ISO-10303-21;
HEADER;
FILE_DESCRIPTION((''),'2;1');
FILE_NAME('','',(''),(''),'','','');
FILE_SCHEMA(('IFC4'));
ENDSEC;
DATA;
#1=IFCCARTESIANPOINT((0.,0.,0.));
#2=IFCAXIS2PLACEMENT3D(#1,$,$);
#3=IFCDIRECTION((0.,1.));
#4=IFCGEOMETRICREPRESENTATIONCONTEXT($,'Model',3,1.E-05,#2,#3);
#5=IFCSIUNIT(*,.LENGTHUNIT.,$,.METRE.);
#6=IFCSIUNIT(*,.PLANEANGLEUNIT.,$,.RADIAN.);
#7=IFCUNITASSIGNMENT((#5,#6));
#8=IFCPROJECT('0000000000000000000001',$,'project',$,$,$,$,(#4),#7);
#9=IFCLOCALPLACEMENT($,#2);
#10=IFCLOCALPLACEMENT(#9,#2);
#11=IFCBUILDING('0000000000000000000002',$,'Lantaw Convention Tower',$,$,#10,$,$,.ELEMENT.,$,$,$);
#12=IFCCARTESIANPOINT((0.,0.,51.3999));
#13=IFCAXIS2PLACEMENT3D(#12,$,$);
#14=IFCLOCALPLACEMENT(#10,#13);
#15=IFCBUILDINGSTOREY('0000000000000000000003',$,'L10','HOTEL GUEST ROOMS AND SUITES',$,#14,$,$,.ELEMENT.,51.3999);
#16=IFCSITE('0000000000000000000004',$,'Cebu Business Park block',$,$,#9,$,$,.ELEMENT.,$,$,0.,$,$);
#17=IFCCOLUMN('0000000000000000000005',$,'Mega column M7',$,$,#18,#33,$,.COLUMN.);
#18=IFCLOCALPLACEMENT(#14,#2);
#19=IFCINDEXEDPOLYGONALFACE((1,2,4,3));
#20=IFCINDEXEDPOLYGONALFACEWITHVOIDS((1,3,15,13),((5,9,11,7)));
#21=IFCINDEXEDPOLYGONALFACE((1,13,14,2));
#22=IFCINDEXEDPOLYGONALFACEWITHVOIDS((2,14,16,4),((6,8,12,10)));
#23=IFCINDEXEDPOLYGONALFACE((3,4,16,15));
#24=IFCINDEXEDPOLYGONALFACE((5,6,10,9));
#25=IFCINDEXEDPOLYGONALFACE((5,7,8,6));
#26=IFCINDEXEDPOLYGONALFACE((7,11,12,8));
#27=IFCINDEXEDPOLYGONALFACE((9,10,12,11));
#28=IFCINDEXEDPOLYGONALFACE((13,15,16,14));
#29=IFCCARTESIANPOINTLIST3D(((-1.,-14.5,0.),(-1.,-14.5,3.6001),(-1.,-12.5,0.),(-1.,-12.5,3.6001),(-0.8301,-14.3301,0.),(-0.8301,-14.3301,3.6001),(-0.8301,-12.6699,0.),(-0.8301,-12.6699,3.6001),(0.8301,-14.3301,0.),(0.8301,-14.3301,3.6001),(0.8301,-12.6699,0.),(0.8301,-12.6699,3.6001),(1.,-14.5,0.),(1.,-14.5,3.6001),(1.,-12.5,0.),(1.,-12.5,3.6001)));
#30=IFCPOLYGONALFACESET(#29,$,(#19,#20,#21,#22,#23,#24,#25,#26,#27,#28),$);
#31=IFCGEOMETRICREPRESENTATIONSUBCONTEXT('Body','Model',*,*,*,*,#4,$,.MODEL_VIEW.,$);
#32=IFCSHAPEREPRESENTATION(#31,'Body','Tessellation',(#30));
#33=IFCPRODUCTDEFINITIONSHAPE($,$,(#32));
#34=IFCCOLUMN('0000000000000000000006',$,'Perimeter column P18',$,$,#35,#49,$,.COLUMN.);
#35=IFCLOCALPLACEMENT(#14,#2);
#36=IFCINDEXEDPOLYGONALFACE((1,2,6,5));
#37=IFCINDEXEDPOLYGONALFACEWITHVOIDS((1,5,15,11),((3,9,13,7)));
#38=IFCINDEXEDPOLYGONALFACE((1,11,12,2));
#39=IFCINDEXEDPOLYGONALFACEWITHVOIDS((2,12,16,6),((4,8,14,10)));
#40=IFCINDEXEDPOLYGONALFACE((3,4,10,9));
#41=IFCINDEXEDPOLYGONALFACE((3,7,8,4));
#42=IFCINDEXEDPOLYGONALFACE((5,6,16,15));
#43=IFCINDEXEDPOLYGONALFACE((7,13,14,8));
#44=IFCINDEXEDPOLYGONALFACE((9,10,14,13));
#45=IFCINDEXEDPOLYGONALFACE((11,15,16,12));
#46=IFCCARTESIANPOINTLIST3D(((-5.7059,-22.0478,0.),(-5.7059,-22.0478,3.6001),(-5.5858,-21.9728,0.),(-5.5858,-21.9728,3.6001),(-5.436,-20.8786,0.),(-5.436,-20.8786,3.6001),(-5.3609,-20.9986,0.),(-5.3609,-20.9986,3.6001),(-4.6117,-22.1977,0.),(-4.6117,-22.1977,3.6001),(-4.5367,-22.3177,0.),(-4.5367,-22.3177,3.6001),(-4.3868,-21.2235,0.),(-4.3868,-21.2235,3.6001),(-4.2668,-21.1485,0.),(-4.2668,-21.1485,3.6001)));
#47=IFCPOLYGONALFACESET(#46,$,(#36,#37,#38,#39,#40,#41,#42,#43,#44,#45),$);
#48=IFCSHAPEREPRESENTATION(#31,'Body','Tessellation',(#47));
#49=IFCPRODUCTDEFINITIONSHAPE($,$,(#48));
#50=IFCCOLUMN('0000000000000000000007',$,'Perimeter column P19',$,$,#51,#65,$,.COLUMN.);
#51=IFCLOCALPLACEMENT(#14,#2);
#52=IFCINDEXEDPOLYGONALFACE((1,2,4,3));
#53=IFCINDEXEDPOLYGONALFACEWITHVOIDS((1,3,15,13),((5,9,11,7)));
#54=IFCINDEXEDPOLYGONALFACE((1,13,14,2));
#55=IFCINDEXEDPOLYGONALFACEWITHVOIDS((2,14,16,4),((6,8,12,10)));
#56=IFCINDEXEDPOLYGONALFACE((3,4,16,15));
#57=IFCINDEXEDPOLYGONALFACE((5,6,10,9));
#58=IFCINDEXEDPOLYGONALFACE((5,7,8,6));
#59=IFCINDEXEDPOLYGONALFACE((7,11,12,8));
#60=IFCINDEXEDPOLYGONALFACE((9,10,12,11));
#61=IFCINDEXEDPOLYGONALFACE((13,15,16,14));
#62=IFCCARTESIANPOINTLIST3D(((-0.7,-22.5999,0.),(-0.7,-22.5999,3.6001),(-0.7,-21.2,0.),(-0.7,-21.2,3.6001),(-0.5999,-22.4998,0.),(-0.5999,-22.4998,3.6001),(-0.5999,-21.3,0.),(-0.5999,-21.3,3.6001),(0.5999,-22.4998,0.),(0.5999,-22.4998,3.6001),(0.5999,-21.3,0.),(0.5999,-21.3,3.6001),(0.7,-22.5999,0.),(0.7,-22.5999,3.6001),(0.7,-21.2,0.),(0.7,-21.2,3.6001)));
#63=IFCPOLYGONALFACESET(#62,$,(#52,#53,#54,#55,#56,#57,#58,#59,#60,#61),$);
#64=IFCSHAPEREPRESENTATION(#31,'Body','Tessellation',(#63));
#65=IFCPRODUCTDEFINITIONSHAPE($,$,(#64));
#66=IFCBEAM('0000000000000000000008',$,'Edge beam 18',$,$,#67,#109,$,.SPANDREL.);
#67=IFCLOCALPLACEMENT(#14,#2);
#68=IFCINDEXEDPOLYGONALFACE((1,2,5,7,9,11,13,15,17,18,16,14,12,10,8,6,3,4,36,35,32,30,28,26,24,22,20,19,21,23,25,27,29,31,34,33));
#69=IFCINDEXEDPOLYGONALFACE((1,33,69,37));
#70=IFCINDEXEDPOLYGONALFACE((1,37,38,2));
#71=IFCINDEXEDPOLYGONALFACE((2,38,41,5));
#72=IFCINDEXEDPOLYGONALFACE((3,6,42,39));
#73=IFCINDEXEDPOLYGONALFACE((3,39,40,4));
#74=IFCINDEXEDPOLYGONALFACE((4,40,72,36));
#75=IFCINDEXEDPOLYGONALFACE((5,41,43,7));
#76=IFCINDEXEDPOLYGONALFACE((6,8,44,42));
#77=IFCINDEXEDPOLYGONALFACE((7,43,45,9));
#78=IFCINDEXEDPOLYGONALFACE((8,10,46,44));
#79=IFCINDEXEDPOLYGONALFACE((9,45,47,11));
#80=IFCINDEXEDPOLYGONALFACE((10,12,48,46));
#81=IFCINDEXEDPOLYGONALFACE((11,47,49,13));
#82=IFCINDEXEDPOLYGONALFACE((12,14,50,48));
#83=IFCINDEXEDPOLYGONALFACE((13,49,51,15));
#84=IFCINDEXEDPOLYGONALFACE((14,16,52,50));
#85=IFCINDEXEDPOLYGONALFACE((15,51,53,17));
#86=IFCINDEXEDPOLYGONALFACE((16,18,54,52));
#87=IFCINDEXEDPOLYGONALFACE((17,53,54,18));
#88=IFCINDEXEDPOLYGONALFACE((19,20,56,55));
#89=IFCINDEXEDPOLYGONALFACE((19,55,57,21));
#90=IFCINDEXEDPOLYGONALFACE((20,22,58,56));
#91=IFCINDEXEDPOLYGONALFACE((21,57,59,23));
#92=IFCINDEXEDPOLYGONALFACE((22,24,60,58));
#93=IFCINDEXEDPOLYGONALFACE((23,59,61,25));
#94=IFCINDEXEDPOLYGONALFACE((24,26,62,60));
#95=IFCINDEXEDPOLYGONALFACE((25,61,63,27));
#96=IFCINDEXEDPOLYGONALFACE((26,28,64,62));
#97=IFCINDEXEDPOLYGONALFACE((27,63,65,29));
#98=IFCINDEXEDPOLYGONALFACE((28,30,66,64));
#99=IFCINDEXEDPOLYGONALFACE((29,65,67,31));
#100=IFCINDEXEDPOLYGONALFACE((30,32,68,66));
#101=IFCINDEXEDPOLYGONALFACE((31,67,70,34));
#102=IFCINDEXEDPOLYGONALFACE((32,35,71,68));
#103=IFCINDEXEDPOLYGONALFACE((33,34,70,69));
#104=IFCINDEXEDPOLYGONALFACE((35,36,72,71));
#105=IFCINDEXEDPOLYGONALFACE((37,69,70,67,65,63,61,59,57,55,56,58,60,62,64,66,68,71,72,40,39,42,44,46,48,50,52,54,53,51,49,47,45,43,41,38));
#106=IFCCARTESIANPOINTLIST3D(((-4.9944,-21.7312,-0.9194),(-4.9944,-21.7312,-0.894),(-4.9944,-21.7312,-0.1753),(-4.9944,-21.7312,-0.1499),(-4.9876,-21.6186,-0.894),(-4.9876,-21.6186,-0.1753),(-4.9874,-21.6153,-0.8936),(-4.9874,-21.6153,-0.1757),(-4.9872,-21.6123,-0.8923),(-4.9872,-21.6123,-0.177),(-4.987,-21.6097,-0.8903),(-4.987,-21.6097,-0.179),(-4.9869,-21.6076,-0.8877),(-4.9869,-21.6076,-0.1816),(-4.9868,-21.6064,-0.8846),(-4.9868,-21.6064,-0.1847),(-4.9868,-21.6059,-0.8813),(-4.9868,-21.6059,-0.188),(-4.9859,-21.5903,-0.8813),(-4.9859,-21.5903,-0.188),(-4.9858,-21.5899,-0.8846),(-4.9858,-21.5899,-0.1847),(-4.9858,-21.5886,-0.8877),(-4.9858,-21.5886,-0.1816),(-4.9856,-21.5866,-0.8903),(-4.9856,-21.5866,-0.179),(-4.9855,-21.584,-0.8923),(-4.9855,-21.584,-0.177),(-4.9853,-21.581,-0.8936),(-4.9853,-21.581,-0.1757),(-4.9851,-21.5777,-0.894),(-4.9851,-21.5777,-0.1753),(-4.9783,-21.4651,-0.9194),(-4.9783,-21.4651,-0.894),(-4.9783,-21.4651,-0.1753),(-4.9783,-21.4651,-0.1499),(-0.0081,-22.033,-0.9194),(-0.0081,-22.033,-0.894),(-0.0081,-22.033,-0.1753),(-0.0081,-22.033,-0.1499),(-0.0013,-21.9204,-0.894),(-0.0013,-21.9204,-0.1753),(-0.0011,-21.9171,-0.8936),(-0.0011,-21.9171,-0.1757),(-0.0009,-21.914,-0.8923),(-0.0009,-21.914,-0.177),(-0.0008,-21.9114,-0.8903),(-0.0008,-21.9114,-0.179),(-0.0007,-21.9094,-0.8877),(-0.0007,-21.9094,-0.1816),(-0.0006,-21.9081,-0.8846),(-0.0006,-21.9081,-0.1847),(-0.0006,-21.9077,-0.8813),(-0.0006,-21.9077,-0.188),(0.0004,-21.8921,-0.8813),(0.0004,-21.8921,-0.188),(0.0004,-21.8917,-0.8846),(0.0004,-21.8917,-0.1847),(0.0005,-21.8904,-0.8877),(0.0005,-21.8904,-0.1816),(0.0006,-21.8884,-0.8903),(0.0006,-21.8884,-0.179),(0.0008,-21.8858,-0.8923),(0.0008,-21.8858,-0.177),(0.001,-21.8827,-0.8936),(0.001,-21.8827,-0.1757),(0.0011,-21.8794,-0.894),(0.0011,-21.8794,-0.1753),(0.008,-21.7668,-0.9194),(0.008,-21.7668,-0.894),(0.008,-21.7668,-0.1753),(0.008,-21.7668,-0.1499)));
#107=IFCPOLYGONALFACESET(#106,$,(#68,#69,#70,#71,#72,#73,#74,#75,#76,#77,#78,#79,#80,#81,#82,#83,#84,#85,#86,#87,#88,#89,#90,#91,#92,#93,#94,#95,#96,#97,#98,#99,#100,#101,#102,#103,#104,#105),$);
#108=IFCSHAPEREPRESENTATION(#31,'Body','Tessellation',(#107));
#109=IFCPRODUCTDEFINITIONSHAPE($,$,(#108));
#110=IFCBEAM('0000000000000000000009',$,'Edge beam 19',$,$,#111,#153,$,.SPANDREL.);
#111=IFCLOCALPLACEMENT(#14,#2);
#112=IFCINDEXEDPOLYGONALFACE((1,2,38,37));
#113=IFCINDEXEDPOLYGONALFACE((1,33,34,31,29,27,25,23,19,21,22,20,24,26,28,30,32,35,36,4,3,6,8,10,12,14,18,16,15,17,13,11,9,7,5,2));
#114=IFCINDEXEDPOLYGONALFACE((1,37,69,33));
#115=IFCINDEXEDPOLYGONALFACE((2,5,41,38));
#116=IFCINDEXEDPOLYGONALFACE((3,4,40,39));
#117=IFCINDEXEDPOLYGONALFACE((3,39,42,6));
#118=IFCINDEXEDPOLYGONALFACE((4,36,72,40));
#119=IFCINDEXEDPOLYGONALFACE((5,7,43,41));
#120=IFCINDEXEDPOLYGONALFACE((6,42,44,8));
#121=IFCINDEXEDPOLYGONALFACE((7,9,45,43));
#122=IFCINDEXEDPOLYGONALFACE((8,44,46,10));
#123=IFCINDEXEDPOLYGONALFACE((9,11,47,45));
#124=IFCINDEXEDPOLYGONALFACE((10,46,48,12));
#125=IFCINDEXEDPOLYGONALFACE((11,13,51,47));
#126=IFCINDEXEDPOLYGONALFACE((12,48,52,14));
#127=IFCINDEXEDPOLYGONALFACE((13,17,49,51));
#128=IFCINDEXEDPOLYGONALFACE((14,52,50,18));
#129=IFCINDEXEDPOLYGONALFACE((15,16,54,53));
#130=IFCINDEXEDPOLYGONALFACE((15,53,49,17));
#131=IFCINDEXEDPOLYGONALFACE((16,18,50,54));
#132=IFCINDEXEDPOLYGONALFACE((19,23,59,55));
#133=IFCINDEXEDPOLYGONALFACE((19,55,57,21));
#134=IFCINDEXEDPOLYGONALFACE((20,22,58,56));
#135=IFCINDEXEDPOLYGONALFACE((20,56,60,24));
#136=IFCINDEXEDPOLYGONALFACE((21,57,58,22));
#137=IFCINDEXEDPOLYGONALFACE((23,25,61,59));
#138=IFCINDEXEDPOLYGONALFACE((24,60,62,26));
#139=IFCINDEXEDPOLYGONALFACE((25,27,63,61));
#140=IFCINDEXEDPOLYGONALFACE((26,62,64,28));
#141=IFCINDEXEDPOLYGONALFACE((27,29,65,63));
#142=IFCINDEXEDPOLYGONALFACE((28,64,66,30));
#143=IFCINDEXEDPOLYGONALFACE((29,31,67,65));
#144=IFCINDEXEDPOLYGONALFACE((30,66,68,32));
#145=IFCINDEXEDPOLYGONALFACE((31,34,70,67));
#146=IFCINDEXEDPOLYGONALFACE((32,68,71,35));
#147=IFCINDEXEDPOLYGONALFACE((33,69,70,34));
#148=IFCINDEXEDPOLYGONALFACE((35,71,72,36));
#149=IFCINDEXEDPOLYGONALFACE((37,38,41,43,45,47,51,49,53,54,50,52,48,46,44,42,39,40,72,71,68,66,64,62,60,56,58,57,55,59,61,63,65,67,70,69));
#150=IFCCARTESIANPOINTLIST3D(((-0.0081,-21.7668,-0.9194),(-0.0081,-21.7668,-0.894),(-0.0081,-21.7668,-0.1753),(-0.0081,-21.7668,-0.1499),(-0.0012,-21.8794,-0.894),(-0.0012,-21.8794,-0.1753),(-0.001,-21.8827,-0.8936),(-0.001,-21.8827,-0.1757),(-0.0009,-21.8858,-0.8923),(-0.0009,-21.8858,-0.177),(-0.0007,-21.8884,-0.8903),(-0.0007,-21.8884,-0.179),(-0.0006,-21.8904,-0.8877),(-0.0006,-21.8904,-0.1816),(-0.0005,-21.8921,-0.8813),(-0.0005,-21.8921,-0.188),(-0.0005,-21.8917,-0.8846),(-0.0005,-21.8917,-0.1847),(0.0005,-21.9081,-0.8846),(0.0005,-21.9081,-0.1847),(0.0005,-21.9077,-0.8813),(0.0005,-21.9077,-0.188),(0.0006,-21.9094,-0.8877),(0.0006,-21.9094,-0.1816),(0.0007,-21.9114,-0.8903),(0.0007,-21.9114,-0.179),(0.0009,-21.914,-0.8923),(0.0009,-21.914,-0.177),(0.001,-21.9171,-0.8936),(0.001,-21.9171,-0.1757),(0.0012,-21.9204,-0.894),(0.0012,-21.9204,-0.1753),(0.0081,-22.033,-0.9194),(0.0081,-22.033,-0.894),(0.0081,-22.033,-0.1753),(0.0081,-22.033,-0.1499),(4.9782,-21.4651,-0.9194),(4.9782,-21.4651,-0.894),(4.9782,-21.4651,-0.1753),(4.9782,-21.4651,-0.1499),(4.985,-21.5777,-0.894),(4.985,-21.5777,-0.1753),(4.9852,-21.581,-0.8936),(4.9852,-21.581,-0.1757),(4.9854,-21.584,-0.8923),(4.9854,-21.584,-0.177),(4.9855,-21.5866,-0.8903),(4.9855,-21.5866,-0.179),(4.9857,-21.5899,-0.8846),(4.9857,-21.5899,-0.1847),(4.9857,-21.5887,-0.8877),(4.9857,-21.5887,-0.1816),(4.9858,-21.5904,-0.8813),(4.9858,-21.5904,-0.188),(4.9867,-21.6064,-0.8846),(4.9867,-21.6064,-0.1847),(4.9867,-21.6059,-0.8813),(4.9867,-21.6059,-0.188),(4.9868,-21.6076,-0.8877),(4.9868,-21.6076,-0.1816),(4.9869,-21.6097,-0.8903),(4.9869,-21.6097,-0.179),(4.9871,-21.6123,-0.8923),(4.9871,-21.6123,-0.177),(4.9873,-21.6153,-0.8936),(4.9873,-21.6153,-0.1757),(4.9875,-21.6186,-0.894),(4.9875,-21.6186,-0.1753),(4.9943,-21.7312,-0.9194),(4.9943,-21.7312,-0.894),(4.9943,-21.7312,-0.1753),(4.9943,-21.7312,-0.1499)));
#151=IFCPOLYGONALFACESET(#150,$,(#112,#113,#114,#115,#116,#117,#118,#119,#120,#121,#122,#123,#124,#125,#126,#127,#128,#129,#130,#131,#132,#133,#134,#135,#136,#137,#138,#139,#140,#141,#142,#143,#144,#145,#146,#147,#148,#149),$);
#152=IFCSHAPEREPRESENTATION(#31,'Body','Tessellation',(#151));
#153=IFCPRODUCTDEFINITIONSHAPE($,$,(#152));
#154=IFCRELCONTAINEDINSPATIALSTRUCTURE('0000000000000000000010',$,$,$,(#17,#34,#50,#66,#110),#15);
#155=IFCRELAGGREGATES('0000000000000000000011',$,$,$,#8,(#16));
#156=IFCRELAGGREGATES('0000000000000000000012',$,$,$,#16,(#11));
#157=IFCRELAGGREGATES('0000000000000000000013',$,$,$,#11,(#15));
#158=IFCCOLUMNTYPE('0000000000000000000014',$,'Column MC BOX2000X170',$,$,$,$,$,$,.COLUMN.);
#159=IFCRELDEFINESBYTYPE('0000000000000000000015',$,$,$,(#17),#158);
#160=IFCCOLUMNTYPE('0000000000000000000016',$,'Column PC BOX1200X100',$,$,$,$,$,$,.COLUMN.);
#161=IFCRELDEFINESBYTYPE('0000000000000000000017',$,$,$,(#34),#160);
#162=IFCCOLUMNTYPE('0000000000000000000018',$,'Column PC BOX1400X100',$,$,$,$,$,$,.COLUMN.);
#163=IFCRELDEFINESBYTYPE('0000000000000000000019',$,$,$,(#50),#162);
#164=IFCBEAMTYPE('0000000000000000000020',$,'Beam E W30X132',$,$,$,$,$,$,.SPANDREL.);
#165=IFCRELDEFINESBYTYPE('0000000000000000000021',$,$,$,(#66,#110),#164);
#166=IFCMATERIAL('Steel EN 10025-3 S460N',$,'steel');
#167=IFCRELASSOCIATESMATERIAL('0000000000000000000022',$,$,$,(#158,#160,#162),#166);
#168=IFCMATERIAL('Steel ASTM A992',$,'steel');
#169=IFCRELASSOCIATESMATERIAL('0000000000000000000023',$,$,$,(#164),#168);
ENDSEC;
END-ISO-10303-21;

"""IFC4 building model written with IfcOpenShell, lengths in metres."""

from ifc_helpers import new_model, si_unit, direction, frame, origin, origin_2d, place, context, subcontext, project, spatial, rectangle, hollow_rectangle, i_section, extrude, material, material_profile, profile_set, type_object, element, save


model = new_model("IFC4")

# Units and contexts
model_context = context("Model", 3, precision=1e-05, world=origin(), true_north=direction((0.0, 1.0)))
body_context = subcontext(model_context, "Body", "Model", "MODEL_VIEW")
ifc_project = project(units=[si_unit("LENGTHUNIT", "METRE"), si_unit("PLANEANGLEUNIT", "RADIAN")], contexts=[model_context])

# Site, building, storey
site_placement = place(None, origin())
site = spatial("IfcSite", under=ifc_project, at=site_placement, Name="Cebu Business Park block", CompositionType="ELEMENT", RefElevation=0.0)
building_placement = place(site_placement, origin())
building = spatial("IfcBuilding", under=site, at=building_placement, Name="Lantaw Convention Tower", CompositionType="ELEMENT")
storey_placement = place(building_placement, frame((0.0, 0.0, 51.3999)))
storey = spatial("IfcBuildingStorey", under=building, at=storey_placement, Name="L10", Description="HOTEL GUEST ROOMS AND SUITES", CompositionType="ELEMENT", Elevation=51.3999)

# Columns
ifc_material_1 = material(Name="Steel EN 10025-3 S460N", Category="steel")
ifc_material_profile_1 = material_profile(ifc_material_1, hollow_rectangle(XDim=2.0, YDim=2.0, WallThickness=0.1699, at=origin_2d()), Name="BOX2000X170")
ifc_material_2 = material(Name="Concrete C60/75", Category="concrete")
ifc_material_profile_2 = material_profile(ifc_material_2, rectangle(XDim=1.6599, YDim=1.6599, at=origin_2d()), Name="Concrete fill of BOX2000X170")
ifc_profile_set_1 = profile_set([ifc_material_profile_1, ifc_material_profile_2], Name="Steel EN 10025-3 S460N")
column_type_1 = type_object("IfcColumnType", Name="Column MC BOX2000X170", PredefinedType="COLUMN", material=ifc_profile_set_1)
column_1_placement = place(storey_placement, frame((0.0, -13.5, 0.0), z_axis=(0.0, 0.0, 1.0), x_axis=(1.0, 0.0, 0.0)))
element("IfcColumn", 1, at=column_1_placement, inside=storey, type_object=column_type_1, Name="Mega column M7", PredefinedType="COLUMN", context=body_context, shape_type="SweptSolid", body=[
    extrude(hollow_rectangle(XDim=2.0, YDim=2.0, WallThickness=0.1699, at=origin_2d()), origin(), (0.0, 0.0, 1.0), 3.6001),
])
ifc_material_profile_3 = material_profile(ifc_material_1, hollow_rectangle(XDim=1.2, YDim=1.2, WallThickness=0.1001, at=origin_2d()), Name="BOX1200X100")
ifc_material_profile_4 = material_profile(ifc_material_2, rectangle(XDim=1.0, YDim=1.0, at=origin_2d()), Name="Concrete fill of BOX1200X100")
ifc_profile_set_2 = profile_set([ifc_material_profile_3, ifc_material_profile_4], Name="Steel EN 10025-3 S460N")
column_type_2 = type_object("IfcColumnType", Name="Column PC BOX1200X100", PredefinedType="COLUMN", material=ifc_profile_set_2)
column_2_placement = place(storey_placement, frame((-4.9863, -21.5981, 0.0), z_axis=(0.0, 0.0, 1.0), x_axis=(0.224951, 0.97437, 0.0)))
element("IfcColumn", 2, at=column_2_placement, inside=storey, type_object=column_type_2, Name="Perimeter column P18", PredefinedType="COLUMN", context=body_context, shape_type="SweptSolid", body=[
    extrude(hollow_rectangle(XDim=1.2, YDim=1.2, WallThickness=0.1001, at=origin_2d()), origin(), (0.0, 0.0, 1.0), 3.6001),
])
ifc_material_profile_5 = material_profile(ifc_material_1, hollow_rectangle(XDim=1.3999, YDim=1.3999, WallThickness=0.1001, at=origin_2d()), Name="BOX1400X100")
ifc_material_profile_6 = material_profile(ifc_material_2, rectangle(XDim=1.2, YDim=1.2, at=origin_2d()), Name="Concrete fill of BOX1400X100")
ifc_profile_set_3 = profile_set([ifc_material_profile_5, ifc_material_profile_6], Name="Steel EN 10025-3 S460N")
column_type_3 = type_object("IfcColumnType", Name="Column PC BOX1400X100", PredefinedType="COLUMN", material=ifc_profile_set_3)
column_3_placement = place(storey_placement, frame((0.0, -21.8999, 0.0), z_axis=(0.0, 0.0, 1.0), x_axis=(1.0, 0.0, 0.0)))
element("IfcColumn", 3, at=column_3_placement, inside=storey, type_object=column_type_3, Name="Perimeter column P19", PredefinedType="COLUMN", context=body_context, shape_type="SweptSolid", body=[
    extrude(hollow_rectangle(XDim=1.3999, YDim=1.3999, WallThickness=0.1001, at=origin_2d()), origin(), (0.0, 0.0, 1.0), 3.6001),
])

# Beams
ifc_material_3 = material(Name="Steel ASTM A992", Category="steel")
ifc_material_profile_7 = material_profile(ifc_material_3, i_section(OverallWidth=0.2666, OverallDepth=0.7695, WebThickness=0.0156, FlangeThickness=0.0254, FilletRadius=0.0127, at=origin_2d()), Name="W30X132")
ifc_profile_set_4 = profile_set([ifc_material_profile_7], Name="Steel ASTM A992")
beam_type_1 = type_object("IfcBeamType", Name="Beam E W30X132", PredefinedType="SPANDREL", material=ifc_profile_set_4)
for number, where, z_axis, x_axis, name in (
    (4, (-4.9863, -21.5981, -0.5347), (0.998174, -0.060407, 0.0), (0.060407, 0.998174, 0.0), "Edge beam 18"),
    (5, (0.0, -21.8999, -0.5347), (0.998174, 0.060407, 0.0), (-0.060407, 0.998174, 0.0), "Edge beam 19"),
):
    element("IfcBeam", number, at=place(storey_placement, frame(where, z_axis=z_axis, x_axis=x_axis)), inside=storey, type_object=beam_type_1, Name=name, PredefinedType="SPANDREL", context=body_context, shape_type="SweptSolid", body=[
        extrude(i_section(OverallWidth=0.2666, OverallDepth=0.7695, WebThickness=0.0156, FlangeThickness=0.0254, FilletRadius=0.0127, at=origin_2d()), origin(), (0.0, 0.0, 1.0), 4.9954),
    ])

save(model, "model.ifc")
